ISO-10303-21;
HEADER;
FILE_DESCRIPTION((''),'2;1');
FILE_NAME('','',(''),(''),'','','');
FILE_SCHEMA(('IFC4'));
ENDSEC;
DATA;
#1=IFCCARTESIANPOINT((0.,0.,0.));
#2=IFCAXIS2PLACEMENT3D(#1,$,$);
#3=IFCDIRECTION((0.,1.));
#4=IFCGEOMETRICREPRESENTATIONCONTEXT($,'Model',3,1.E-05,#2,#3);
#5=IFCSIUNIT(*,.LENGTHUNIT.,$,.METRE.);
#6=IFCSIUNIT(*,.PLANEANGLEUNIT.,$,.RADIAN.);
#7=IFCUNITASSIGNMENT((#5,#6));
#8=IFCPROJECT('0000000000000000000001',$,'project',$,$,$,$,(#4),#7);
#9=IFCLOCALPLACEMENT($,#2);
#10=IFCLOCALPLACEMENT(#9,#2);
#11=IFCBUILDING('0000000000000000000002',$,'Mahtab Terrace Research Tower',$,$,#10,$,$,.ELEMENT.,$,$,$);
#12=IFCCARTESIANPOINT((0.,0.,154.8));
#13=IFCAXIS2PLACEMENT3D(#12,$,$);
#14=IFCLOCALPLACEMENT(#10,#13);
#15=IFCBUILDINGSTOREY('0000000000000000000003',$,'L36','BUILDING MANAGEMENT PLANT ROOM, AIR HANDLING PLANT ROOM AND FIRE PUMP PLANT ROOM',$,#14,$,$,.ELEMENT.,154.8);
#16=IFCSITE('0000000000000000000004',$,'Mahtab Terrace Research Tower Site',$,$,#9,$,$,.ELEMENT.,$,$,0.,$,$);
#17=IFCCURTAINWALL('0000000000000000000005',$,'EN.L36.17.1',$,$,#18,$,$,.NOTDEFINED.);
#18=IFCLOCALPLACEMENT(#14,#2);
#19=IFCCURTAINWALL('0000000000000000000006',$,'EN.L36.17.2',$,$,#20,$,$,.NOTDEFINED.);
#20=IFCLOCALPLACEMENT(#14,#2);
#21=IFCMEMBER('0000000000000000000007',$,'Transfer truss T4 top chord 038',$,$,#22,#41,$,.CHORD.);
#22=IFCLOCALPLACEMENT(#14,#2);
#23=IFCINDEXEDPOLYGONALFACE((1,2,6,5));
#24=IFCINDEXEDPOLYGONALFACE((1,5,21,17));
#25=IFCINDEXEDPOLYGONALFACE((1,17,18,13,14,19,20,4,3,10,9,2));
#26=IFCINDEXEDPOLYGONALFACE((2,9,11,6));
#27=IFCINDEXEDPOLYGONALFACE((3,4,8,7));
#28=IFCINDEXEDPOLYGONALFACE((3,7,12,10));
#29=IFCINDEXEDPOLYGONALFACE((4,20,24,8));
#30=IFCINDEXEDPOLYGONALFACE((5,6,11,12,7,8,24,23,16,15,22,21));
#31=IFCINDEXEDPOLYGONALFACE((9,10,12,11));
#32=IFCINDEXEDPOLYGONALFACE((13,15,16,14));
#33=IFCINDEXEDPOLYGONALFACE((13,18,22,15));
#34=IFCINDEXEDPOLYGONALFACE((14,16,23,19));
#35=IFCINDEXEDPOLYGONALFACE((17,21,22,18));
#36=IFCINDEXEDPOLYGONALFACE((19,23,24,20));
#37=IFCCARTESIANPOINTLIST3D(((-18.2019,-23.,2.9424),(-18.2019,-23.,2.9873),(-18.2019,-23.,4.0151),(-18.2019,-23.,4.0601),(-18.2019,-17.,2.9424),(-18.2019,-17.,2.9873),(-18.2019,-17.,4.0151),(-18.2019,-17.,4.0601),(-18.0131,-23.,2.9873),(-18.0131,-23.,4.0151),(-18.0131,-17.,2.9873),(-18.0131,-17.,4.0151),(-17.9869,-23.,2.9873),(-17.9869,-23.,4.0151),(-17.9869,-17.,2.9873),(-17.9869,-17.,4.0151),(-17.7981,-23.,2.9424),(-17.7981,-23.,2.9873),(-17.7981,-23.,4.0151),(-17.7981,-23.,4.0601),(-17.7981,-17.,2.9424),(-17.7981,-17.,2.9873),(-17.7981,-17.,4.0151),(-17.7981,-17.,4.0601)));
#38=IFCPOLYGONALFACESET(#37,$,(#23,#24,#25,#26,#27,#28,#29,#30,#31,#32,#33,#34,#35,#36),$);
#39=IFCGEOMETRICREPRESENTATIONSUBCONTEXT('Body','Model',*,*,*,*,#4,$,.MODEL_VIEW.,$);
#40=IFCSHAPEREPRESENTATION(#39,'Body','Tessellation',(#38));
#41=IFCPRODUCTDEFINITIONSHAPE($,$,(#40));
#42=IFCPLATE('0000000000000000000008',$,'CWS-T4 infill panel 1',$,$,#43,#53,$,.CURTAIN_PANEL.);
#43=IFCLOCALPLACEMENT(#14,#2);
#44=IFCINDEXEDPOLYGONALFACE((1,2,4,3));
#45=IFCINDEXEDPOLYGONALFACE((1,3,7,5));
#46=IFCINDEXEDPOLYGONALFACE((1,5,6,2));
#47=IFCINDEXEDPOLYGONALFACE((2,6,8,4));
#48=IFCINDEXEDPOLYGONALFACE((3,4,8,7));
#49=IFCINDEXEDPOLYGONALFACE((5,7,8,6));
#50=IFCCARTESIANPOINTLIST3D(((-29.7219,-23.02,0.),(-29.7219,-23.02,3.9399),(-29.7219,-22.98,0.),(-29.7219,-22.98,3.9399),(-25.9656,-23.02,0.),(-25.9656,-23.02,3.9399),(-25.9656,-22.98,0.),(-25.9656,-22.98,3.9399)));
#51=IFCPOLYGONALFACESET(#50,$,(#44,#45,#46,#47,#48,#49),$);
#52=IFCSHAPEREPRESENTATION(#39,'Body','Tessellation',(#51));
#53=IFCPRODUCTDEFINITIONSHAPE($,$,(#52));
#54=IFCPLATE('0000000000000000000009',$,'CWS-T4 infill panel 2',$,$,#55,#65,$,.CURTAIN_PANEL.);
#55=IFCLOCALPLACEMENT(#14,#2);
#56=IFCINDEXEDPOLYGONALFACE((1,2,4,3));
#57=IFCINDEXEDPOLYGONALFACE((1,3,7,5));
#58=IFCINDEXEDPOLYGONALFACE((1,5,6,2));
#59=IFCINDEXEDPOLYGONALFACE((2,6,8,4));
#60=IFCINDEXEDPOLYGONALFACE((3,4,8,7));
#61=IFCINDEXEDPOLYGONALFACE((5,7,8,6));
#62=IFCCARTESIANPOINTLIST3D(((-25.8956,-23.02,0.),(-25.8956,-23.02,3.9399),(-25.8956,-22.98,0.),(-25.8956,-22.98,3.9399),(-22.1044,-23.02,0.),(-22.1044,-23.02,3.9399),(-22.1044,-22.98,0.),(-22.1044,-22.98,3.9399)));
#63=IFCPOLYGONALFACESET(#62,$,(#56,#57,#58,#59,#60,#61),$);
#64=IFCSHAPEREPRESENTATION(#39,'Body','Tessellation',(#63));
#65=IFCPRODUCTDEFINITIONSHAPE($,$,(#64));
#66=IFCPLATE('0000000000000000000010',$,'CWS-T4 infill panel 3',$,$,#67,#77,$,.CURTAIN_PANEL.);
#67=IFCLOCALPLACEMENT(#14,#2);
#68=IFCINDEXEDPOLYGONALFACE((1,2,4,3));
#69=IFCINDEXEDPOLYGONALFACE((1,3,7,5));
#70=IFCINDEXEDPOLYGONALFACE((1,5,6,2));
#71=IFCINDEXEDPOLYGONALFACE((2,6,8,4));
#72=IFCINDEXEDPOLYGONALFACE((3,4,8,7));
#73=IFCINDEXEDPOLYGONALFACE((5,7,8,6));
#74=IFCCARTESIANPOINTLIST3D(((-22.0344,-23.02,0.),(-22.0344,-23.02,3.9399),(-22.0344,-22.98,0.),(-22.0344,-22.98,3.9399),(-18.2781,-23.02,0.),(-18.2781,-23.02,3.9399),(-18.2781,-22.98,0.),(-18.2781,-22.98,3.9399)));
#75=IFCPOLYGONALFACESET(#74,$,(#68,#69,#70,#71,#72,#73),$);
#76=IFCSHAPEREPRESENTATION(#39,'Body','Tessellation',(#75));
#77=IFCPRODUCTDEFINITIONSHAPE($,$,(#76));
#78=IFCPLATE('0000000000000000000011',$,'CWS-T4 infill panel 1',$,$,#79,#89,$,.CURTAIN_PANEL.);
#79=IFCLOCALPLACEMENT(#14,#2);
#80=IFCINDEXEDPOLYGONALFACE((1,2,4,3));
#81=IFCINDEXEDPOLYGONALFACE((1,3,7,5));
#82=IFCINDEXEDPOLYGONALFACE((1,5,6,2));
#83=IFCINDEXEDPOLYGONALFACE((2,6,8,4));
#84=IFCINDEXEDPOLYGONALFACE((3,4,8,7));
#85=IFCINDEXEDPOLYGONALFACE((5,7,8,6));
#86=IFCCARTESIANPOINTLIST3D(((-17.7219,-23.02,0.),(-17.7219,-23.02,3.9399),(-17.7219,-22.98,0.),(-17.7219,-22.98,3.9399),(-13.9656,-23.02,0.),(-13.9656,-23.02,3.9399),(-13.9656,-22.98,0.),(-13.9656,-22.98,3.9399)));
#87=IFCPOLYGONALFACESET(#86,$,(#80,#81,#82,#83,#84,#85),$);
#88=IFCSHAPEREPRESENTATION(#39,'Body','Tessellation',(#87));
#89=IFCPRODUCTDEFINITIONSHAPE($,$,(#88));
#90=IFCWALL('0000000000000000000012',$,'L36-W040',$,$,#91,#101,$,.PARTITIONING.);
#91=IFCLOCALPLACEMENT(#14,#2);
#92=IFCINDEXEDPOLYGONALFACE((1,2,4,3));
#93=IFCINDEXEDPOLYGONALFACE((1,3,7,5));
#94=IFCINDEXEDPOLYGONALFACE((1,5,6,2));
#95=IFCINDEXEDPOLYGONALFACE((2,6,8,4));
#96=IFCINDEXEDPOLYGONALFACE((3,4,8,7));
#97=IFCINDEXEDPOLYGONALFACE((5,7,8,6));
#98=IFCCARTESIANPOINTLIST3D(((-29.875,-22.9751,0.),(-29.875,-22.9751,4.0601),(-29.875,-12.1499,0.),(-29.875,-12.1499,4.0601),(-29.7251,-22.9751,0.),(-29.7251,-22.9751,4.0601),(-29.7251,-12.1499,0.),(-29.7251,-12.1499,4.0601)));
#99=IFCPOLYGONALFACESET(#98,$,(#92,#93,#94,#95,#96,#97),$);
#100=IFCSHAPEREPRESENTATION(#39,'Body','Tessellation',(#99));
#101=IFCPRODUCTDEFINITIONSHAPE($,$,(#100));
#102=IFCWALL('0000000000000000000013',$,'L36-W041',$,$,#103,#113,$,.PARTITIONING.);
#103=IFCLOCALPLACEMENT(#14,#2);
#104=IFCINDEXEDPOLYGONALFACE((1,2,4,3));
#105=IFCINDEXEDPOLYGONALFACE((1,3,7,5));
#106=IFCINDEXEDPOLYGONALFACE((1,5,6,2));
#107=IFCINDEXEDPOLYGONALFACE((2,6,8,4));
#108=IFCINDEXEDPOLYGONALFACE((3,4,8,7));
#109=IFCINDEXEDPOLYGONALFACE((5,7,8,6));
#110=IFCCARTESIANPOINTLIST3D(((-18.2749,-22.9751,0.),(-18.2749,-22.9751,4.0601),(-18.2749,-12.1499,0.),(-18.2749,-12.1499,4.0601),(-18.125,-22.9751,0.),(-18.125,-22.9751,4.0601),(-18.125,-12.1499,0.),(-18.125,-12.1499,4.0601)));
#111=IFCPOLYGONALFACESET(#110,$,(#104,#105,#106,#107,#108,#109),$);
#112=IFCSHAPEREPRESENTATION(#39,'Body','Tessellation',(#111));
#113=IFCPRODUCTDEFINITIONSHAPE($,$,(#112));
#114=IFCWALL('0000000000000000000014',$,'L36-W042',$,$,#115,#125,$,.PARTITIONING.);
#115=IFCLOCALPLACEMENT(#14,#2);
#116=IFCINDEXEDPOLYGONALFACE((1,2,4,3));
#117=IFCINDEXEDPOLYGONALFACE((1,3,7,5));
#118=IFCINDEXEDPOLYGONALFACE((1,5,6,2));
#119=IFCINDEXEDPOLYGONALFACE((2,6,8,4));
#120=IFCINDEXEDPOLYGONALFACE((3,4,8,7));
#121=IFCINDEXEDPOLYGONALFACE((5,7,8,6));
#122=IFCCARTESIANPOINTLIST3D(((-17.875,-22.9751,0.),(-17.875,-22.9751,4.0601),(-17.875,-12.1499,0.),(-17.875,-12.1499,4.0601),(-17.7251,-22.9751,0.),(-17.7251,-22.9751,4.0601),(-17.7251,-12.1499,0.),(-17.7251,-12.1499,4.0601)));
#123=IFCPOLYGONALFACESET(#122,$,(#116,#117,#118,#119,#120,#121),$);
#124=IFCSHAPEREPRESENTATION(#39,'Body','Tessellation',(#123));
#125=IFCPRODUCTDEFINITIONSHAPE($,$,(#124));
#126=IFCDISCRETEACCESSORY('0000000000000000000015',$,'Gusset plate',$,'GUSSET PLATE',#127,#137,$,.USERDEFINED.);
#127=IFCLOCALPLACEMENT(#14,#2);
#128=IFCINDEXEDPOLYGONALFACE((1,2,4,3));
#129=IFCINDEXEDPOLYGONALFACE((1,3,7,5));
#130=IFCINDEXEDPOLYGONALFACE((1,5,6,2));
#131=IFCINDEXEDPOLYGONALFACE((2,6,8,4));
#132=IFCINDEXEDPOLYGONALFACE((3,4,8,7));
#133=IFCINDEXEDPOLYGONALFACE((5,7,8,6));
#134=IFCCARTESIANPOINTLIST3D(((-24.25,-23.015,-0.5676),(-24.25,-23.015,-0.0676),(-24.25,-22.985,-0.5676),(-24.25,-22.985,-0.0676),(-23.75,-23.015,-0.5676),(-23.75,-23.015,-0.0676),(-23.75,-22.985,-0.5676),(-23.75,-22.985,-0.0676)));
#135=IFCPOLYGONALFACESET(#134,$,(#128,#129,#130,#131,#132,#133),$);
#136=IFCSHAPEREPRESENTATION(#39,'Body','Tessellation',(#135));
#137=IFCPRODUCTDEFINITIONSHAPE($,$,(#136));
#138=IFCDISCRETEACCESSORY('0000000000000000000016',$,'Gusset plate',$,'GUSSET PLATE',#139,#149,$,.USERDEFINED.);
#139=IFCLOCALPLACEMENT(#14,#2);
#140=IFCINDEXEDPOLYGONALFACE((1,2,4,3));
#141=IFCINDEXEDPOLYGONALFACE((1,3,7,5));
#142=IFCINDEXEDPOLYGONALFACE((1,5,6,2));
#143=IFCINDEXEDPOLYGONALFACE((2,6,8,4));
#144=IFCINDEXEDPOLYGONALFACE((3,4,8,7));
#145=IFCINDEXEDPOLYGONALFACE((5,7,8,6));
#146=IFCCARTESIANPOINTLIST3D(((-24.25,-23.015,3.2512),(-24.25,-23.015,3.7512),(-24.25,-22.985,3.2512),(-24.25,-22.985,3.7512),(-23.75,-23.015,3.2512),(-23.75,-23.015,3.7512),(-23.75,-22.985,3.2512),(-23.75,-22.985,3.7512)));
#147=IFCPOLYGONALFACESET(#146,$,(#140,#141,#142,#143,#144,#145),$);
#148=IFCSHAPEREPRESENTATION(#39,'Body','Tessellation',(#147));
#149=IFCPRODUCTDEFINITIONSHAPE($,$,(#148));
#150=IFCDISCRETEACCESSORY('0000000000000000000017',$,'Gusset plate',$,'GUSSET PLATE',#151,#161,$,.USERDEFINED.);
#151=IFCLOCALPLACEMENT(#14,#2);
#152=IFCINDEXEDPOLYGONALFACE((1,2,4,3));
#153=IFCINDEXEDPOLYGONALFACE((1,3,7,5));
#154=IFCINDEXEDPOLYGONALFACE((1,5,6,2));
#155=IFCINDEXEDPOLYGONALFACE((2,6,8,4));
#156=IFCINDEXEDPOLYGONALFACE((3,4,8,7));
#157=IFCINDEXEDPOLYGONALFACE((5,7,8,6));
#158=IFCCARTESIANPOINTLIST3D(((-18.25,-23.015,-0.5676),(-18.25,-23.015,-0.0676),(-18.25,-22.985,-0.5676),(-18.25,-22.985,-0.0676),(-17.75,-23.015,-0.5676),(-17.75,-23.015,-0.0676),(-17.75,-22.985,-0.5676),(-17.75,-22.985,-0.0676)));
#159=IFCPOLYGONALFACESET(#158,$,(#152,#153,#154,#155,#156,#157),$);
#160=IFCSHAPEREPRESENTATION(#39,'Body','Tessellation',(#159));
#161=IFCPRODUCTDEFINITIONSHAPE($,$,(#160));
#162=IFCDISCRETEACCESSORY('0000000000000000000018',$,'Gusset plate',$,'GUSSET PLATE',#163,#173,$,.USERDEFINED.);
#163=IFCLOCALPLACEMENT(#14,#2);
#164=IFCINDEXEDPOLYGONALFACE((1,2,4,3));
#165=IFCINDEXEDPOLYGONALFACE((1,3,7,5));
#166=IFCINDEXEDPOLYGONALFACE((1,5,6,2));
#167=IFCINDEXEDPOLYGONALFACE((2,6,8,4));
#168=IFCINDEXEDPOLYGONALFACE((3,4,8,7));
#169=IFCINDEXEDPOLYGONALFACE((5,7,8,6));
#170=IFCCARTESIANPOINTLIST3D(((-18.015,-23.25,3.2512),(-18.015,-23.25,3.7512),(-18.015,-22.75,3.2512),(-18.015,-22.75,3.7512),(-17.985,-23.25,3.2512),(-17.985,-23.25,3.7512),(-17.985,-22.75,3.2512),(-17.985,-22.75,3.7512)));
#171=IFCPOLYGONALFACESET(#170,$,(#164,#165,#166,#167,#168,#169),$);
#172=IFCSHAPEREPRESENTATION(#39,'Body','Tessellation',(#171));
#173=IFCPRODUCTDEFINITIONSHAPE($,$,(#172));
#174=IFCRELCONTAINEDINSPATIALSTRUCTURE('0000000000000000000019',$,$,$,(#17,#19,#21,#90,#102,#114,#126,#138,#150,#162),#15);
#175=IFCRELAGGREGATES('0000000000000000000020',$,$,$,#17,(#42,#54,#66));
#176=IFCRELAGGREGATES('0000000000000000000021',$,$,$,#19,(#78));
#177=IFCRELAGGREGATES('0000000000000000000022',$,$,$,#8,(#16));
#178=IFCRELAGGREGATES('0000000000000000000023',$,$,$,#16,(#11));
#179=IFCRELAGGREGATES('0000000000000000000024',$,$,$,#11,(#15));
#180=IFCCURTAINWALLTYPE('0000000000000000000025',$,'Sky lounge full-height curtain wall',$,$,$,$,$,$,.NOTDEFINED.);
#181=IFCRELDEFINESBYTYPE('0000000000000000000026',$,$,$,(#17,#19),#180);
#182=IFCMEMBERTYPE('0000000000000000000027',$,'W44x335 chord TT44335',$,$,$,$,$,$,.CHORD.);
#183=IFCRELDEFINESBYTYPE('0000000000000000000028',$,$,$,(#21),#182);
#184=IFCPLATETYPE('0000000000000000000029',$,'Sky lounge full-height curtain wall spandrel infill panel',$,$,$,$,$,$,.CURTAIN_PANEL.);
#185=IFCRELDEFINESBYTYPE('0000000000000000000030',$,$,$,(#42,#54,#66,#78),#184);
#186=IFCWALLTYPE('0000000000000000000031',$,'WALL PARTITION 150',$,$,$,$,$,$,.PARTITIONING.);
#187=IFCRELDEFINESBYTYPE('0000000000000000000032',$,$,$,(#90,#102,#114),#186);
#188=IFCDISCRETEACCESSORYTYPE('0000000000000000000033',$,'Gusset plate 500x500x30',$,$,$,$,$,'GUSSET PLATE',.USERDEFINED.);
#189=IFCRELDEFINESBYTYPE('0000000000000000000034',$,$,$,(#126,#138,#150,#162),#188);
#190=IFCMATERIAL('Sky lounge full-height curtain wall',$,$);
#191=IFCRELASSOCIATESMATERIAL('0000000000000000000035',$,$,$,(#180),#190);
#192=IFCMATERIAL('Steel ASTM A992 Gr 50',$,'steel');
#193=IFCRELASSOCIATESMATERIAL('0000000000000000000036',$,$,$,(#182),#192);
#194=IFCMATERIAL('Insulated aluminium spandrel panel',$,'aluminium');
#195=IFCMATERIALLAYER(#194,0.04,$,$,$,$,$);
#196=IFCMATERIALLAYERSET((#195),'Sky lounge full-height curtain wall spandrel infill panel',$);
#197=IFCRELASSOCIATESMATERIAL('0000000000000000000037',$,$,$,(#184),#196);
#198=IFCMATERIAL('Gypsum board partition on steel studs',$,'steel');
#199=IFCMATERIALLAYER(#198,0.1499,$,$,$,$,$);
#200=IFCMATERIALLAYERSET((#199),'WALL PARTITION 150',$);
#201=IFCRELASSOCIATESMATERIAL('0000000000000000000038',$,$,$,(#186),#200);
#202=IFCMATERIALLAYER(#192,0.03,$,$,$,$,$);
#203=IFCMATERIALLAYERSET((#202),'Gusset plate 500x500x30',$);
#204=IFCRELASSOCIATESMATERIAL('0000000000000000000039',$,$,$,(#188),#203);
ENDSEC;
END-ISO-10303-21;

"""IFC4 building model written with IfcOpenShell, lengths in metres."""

from ifc_helpers import new_model, si_unit, direction, frame, frame_2d, origin, origin_2d, place, context, subcontext, project, spatial, rectangle, i_section, extrude, material, layer, layer_set, material_profile, profile_set, type_object, element, aggregate, save


model = new_model("IFC4")

# Units and contexts
model_context = context("Model", 3, precision=1e-05, world=origin(), true_north=direction((0.0, 1.0)))
body_context = subcontext(model_context, "Body", "Model", "MODEL_VIEW")
ifc_project = project(units=[si_unit("LENGTHUNIT", "METRE"), si_unit("PLANEANGLEUNIT", "RADIAN")], contexts=[model_context])

# Site, building, storey
site_placement = place(None, origin())
site = spatial("IfcSite", under=ifc_project, at=site_placement, Name="Mahtab Terrace Research Tower Site", CompositionType="ELEMENT", RefElevation=0.0)
building_placement = place(site_placement, origin())
building = spatial("IfcBuilding", under=site, at=building_placement, Name="Mahtab Terrace Research Tower", CompositionType="ELEMENT")
storey_placement = place(building_placement, frame((0.0, 0.0, 154.8)))
storey = spatial("IfcBuildingStorey", under=building, at=storey_placement, Name="L36", Description="BUILDING MANAGEMENT PLANT ROOM, AIR HANDLING PLANT ROOM AND FIRE PUMP PLANT ROOM", CompositionType="ELEMENT", Elevation=154.8)

# Shared definitions
ifc_material_1 = material(Name="Steel ASTM A992 Gr 50", Category="steel")

# Curtain wall
ifc_material_2 = material(Name="Sky lounge full-height curtain wall")
curtain_wall_type = type_object("IfcCurtainWallType", Name="Sky lounge full-height curtain wall", PredefinedType="NOTDEFINED", material=ifc_material_2)
curtain_wall_1_placement = place(storey_placement, origin())
curtain_wall_1 = element("IfcCurtainWall", 1, at=curtain_wall_1_placement, inside=storey, type_object=curtain_wall_type, Name="EN.L36.17.1", PredefinedType="NOTDEFINED")

# Curtain wall
curtain_wall_2_placement = place(storey_placement, origin())
curtain_wall_2 = element("IfcCurtainWall", 2, at=curtain_wall_2_placement, inside=storey, type_object=curtain_wall_type, Name="EN.L36.17.2", PredefinedType="NOTDEFINED")

# Member
ifc_material_profile_1 = material_profile(ifc_material_1, i_section(OverallWidth=0.4038, OverallDepth=1.1177, WebThickness=0.0261, FlangeThickness=0.0449, at=origin_2d()), Name="W44X335")
ifc_profile_set_1 = profile_set([ifc_material_profile_1], Name="Steel ASTM A992 Gr 50")
member_type_1 = type_object("IfcMemberType", Name="W44x335 chord TT44335", PredefinedType="CHORD", material=ifc_profile_set_1)
member_1_placement = place(storey_placement, frame((-18.0, -23.0, 3.5012), z_axis=(0.0, 1.0, 0.0), x_axis=(-1.0, 0.0, 0.0)))
element("IfcMember", 3, at=member_1_placement, inside=storey, type_object=member_type_1, Name="Transfer truss T4 top chord 038", PredefinedType="CHORD", context=body_context, shape_type="SweptSolid", body=[
    extrude(i_section(OverallWidth=0.4038, OverallDepth=1.1177, WebThickness=0.0261, FlangeThickness=0.0449, at=origin_2d()), origin(), (0.0, 0.0, 1.0), 6.0),
])

# Plates
ifc_material_3 = material(Name="Insulated aluminium spandrel panel", Category="aluminium")
ifc_layer_1 = layer(ifc_material_3, 0.04)
ifc_layer_set_1 = layer_set([ifc_layer_1], Name="Sky lounge full-height curtain wall spandrel infill panel")
plate_type = type_object("IfcPlateType", Name="Sky lounge full-height curtain wall spandrel infill panel", PredefinedType="CURTAIN_PANEL", material=ifc_layer_set_1)
plate_1_placement = place(storey_placement, frame((-27.8438, -23.0, 0.0), z_axis=(0.0, 0.0, 1.0), x_axis=(1.0, 0.0, 0.0)))
plate_1 = element("IfcPlate", 4, at=plate_1_placement, type_object=plate_type, Name="CWS-T4 infill panel 1", PredefinedType="CURTAIN_PANEL", context=body_context, shape_type="SweptSolid", body=[
    extrude(rectangle(XDim=3.7563, YDim=0.04, at=origin_2d()), origin(), (0.0, 0.0, 1.0), 3.9399),
])
plate_2_placement = place(storey_placement, frame((-24.0, -23.0, 0.0), z_axis=(0.0, 0.0, 1.0), x_axis=(1.0, 0.0, 0.0)))
plate_2 = element("IfcPlate", 5, at=plate_2_placement, type_object=plate_type, Name="CWS-T4 infill panel 2", PredefinedType="CURTAIN_PANEL", context=body_context, shape_type="SweptSolid", body=[
    extrude(rectangle(XDim=3.7913, YDim=0.04, at=origin_2d()), origin(), (0.0, 0.0, 1.0), 3.9399),
])
plate_3_placement = place(storey_placement, frame((-20.1562, -23.0, 0.0), z_axis=(0.0, 0.0, 1.0), x_axis=(1.0, 0.0, 0.0)))
plate_3 = element("IfcPlate", 6, at=plate_3_placement, type_object=plate_type, Name="CWS-T4 infill panel 3", PredefinedType="CURTAIN_PANEL", context=body_context, shape_type="SweptSolid", body=[
    extrude(rectangle(XDim=3.7563, YDim=0.04, at=origin_2d()), origin(), (0.0, 0.0, 1.0), 3.9399),
])
aggregate(curtain_wall_1, [plate_1, plate_2, plate_3])
plate_4_placement = place(storey_placement, frame((-15.8438, -23.0, 0.0), z_axis=(0.0, 0.0, 1.0), x_axis=(1.0, 0.0, 0.0)))
plate_4 = element("IfcPlate", 7, at=plate_4_placement, type_object=plate_type, Name="CWS-T4 infill panel 1", PredefinedType="CURTAIN_PANEL", context=body_context, shape_type="SweptSolid", body=[
    extrude(rectangle(XDim=3.7563, YDim=0.04, at=origin_2d()), origin(), (0.0, 0.0, 1.0), 3.9399),
])
aggregate(curtain_wall_2, [plate_4])

# Walls
ifc_material_4 = material(Name="Gypsum board partition on steel studs", Category="steel")
ifc_layer_2 = layer(ifc_material_4, 0.1499)
ifc_layer_set_2 = layer_set([ifc_layer_2], Name="WALL PARTITION 150")
wall_type = type_object("IfcWallType", Name="WALL PARTITION 150", PredefinedType="PARTITIONING", material=ifc_layer_set_2)
for number, where, z_axis, x_axis, name in (
    (8, (-29.8, -22.9751, 0.0), (0.0, 0.0, 1.0), (0.0, 1.0, 0.0), "L36-W040"),
    (9, (-18.2, -22.9751, 0.0), (0.0, 0.0, 1.0), (0.0, 1.0, 0.0), "L36-W041"),
    (10, (-17.8, -22.9751, 0.0), (0.0, 0.0, 1.0), (0.0, 1.0, 0.0), "L36-W042"),
):
    element("IfcWall", number, at=place(storey_placement, frame(where, z_axis=z_axis, x_axis=x_axis)), inside=storey, type_object=wall_type, Name=name, PredefinedType="PARTITIONING", context=body_context, shape_type="SweptSolid", body=[
        extrude(rectangle(XDim=10.8252, YDim=0.1499, at=frame_2d((5.4126, 0.0))), origin(), (0.0, 0.0, 1.0), 4.0601),
    ])

# Discrete accessories
ifc_layer_3 = layer(ifc_material_1, 0.03)
ifc_layer_set_3 = layer_set([ifc_layer_3], Name="Gusset plate 500x500x30")
discrete_accessory_type = type_object("IfcDiscreteAccessoryType", Name="Gusset plate 500x500x30", ElementType="GUSSET PLATE", PredefinedType="USERDEFINED", material=ifc_layer_set_3)
for number, where, z_axis, x_axis, name in (
    (11, (-24.0, -23.0, -0.5676), (0.0, 0.0, 1.0), (1.0, 0.0, 0.0), "Gusset plate"),
    (12, (-24.0, -23.0, 3.2512), (0.0, 0.0, 1.0), (1.0, 0.0, 0.0), "Gusset plate"),
    (13, (-18.0, -23.0, -0.5676), (0.0, 0.0, 1.0), (1.0, 0.0, 0.0), "Gusset plate"),
    (14, (-18.0, -23.0, 3.2512), (0.0, 0.0, 1.0), (0.0, 1.0, 0.0), "Gusset plate"),
):
    element("IfcDiscreteAccessory", number, at=place(storey_placement, frame(where, z_axis=z_axis, x_axis=x_axis)), inside=storey, type_object=discrete_accessory_type, Name=name, ObjectType="GUSSET PLATE", PredefinedType="USERDEFINED", context=body_context, shape_type="SweptSolid", body=[
        extrude(rectangle(XDim=0.5, YDim=0.03, at=origin_2d()), origin(), (0.0, 0.0, 1.0), 0.5),
    ])

save(model, "model.ifc")
